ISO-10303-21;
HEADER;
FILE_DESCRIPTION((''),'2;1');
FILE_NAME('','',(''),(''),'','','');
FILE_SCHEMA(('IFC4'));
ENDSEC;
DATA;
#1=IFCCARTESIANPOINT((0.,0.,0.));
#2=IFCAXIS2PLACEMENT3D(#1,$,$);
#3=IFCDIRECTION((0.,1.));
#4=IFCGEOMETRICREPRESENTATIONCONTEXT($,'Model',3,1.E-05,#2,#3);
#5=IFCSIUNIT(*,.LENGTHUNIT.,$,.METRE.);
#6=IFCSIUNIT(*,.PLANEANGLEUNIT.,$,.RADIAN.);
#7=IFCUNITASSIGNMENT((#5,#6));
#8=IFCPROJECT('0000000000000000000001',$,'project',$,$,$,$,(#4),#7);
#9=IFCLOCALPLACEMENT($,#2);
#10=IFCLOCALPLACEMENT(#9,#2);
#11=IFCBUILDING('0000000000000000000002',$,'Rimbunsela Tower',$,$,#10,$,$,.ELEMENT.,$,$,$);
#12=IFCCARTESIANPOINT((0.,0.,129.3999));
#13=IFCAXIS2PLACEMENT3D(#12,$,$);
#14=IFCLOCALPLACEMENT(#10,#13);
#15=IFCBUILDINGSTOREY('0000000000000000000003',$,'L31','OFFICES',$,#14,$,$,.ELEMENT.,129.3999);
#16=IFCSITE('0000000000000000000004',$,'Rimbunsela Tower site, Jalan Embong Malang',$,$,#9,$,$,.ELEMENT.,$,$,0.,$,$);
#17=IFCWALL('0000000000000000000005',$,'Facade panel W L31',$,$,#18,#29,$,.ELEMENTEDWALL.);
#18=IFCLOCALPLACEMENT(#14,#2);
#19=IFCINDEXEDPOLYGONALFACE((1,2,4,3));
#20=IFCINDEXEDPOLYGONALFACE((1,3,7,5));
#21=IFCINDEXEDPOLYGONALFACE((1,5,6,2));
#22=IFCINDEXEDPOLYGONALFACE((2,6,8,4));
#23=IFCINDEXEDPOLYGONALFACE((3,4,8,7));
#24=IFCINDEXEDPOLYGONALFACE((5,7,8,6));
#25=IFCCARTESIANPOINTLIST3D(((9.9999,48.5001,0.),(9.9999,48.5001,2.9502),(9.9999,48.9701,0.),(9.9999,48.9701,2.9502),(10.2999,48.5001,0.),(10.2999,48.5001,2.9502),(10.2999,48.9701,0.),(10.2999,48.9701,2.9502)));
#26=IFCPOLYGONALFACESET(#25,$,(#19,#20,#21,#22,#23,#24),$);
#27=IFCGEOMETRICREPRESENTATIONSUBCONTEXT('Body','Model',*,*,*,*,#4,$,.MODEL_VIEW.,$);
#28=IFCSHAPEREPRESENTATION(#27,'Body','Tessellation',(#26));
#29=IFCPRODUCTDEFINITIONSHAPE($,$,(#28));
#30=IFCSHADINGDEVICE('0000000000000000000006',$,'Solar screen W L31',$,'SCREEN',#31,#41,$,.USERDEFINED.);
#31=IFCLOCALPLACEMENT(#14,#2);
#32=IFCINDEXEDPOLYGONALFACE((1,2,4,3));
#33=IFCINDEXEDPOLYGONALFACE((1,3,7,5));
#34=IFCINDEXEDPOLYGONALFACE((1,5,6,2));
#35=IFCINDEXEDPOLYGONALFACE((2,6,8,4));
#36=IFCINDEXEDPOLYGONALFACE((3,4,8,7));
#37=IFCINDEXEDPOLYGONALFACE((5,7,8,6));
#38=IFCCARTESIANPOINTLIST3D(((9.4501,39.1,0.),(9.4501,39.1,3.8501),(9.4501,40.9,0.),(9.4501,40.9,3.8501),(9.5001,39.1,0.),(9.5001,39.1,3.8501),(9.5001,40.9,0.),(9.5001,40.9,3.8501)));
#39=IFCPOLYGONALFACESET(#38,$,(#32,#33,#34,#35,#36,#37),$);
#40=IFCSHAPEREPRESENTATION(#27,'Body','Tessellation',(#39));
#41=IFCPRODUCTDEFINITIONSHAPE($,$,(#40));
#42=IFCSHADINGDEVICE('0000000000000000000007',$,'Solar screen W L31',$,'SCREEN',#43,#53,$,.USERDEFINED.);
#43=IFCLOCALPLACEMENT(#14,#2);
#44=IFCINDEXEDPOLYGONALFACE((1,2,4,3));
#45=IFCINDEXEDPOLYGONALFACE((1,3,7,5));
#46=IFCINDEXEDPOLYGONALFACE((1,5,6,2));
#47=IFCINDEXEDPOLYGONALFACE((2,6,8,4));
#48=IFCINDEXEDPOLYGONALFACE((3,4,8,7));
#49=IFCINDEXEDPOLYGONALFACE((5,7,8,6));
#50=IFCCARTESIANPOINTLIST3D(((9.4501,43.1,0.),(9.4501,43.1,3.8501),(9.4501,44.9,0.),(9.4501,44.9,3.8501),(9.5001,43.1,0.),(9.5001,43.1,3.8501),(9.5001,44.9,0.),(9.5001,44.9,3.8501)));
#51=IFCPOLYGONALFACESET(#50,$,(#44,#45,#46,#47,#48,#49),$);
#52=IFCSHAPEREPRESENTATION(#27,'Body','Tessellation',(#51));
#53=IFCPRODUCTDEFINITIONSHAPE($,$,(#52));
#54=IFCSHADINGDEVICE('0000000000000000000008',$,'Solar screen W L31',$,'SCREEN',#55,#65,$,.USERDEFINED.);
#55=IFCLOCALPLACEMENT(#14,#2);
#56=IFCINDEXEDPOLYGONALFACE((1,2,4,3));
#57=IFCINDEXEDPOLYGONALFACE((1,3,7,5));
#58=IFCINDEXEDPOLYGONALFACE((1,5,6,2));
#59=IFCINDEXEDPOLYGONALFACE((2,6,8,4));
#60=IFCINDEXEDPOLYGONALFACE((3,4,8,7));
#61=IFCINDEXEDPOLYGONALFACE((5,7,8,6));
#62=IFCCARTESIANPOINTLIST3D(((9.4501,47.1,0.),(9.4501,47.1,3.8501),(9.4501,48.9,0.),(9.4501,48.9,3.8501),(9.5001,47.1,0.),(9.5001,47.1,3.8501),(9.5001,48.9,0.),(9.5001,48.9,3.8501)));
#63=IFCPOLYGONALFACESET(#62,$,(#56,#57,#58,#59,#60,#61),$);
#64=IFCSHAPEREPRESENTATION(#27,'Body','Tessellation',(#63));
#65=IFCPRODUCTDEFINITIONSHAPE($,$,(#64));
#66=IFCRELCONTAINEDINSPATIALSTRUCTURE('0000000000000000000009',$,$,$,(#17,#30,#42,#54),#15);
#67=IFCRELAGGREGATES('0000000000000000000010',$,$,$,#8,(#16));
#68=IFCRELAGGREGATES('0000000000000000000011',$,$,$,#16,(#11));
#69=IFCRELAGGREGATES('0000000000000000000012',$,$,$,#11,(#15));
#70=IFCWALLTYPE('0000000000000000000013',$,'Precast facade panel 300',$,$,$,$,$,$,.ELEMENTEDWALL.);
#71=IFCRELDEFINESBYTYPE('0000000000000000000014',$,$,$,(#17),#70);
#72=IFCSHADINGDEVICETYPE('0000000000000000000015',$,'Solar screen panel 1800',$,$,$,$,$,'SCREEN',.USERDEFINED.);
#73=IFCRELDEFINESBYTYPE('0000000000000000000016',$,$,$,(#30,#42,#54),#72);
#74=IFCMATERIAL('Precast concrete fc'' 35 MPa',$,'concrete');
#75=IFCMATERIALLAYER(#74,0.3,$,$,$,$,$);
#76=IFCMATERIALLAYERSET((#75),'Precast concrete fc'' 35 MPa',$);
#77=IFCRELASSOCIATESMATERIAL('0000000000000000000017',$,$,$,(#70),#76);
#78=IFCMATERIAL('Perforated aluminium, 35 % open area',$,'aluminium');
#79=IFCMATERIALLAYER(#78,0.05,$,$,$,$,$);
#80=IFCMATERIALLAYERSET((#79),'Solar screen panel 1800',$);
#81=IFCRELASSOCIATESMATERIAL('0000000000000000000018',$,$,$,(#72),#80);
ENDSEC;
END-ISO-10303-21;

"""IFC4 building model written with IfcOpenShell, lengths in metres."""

from ifc_helpers import new_model, si_unit, direction, frame, frame_2d, origin, origin_2d, place, context, subcontext, project, spatial, rectangle, extrude, material, layer, layer_set, type_object, element, save


model = new_model("IFC4")

# Units and contexts
model_context = context("Model", 3, precision=1e-05, world=origin(), true_north=direction((0.0, 1.0)))
body_context = subcontext(model_context, "Body", "Model", "MODEL_VIEW")
ifc_project = project(units=[si_unit("LENGTHUNIT", "METRE"), si_unit("PLANEANGLEUNIT", "RADIAN")], contexts=[model_context])

# Site, building, storey
site_placement = place(None, origin())
site = spatial("IfcSite", under=ifc_project, at=site_placement, Name="Rimbunsela Tower site, Jalan Embong Malang", CompositionType="ELEMENT", RefElevation=0.0)
building_placement = place(site_placement, origin())
building = spatial("IfcBuilding", under=site, at=building_placement, Name="Rimbunsela Tower", CompositionType="ELEMENT")
storey_placement = place(building_placement, frame((0.0, 0.0, 129.3999)))
storey = spatial("IfcBuildingStorey", under=building, at=storey_placement, Name="L31", Description="OFFICES", CompositionType="ELEMENT", Elevation=129.3999)

# Shared definitions
ifc_material_1 = material(Name="Precast concrete fc' 35 MPa", Category="concrete")
ifc_layer_1 = layer(ifc_material_1, 0.3)
ifc_layer_set_1 = layer_set([ifc_layer_1], Name="Precast concrete fc' 35 MPa")
wall_type = type_object("IfcWallType", Name="Precast facade panel 300", PredefinedType="ELEMENTEDWALL", material=ifc_layer_set_1)

# Wall
wall_1_placement = place(storey_placement, frame((10.1499, 48.97, 0.0), z_axis=(0.0, 0.0, 1.0), x_axis=(0.0, -1.0, 0.0)))
element("IfcWall", 1, at=wall_1_placement, inside=storey, type_object=wall_type, Name="Facade panel W L31", PredefinedType="ELEMENTEDWALL", context=body_context, shape_type="SweptSolid", body=[
    extrude(rectangle(XDim=0.47, YDim=0.3, at=frame_2d((0.2349, 0.0))), origin(), (0.0, 0.0, 1.0), 2.9502),
])

# Shading devices
ifc_material_2 = material(Name="Perforated aluminium, 35 % open area", Category="aluminium")
ifc_layer_2 = layer(ifc_material_2, 0.05)
ifc_layer_set_2 = layer_set([ifc_layer_2], Name="Solar screen panel 1800")
shading_device_type = type_object("IfcShadingDeviceType", Name="Solar screen panel 1800", ElementType="SCREEN", PredefinedType="USERDEFINED", material=ifc_layer_set_2)
for number, where, z_axis, x_axis, name in (
    (2, (9.4751, 40.0, 0.0), (0.0, 0.0, 1.0), (0.0, 1.0, 0.0), "Solar screen W L31"),
    (3, (9.4751, 44.0, 0.0), (0.0, 0.0, 1.0), (0.0, 1.0, 0.0), "Solar screen W L31"),
    (4, (9.4751, 48.0, 0.0), (0.0, 0.0, 1.0), (0.0, 1.0, 0.0), "Solar screen W L31"),
):
    element("IfcShadingDevice", number, at=place(storey_placement, frame(where, z_axis=z_axis, x_axis=x_axis)), inside=storey, type_object=shading_device_type, Name=name, ObjectType="SCREEN", PredefinedType="USERDEFINED", context=body_context, shape_type="SweptSolid", body=[
        extrude(rectangle(XDim=1.8, YDim=0.05, at=origin_2d()), origin(), (0.0, 0.0, 1.0), 3.8501),
    ])

save(model, "model.ifc")
